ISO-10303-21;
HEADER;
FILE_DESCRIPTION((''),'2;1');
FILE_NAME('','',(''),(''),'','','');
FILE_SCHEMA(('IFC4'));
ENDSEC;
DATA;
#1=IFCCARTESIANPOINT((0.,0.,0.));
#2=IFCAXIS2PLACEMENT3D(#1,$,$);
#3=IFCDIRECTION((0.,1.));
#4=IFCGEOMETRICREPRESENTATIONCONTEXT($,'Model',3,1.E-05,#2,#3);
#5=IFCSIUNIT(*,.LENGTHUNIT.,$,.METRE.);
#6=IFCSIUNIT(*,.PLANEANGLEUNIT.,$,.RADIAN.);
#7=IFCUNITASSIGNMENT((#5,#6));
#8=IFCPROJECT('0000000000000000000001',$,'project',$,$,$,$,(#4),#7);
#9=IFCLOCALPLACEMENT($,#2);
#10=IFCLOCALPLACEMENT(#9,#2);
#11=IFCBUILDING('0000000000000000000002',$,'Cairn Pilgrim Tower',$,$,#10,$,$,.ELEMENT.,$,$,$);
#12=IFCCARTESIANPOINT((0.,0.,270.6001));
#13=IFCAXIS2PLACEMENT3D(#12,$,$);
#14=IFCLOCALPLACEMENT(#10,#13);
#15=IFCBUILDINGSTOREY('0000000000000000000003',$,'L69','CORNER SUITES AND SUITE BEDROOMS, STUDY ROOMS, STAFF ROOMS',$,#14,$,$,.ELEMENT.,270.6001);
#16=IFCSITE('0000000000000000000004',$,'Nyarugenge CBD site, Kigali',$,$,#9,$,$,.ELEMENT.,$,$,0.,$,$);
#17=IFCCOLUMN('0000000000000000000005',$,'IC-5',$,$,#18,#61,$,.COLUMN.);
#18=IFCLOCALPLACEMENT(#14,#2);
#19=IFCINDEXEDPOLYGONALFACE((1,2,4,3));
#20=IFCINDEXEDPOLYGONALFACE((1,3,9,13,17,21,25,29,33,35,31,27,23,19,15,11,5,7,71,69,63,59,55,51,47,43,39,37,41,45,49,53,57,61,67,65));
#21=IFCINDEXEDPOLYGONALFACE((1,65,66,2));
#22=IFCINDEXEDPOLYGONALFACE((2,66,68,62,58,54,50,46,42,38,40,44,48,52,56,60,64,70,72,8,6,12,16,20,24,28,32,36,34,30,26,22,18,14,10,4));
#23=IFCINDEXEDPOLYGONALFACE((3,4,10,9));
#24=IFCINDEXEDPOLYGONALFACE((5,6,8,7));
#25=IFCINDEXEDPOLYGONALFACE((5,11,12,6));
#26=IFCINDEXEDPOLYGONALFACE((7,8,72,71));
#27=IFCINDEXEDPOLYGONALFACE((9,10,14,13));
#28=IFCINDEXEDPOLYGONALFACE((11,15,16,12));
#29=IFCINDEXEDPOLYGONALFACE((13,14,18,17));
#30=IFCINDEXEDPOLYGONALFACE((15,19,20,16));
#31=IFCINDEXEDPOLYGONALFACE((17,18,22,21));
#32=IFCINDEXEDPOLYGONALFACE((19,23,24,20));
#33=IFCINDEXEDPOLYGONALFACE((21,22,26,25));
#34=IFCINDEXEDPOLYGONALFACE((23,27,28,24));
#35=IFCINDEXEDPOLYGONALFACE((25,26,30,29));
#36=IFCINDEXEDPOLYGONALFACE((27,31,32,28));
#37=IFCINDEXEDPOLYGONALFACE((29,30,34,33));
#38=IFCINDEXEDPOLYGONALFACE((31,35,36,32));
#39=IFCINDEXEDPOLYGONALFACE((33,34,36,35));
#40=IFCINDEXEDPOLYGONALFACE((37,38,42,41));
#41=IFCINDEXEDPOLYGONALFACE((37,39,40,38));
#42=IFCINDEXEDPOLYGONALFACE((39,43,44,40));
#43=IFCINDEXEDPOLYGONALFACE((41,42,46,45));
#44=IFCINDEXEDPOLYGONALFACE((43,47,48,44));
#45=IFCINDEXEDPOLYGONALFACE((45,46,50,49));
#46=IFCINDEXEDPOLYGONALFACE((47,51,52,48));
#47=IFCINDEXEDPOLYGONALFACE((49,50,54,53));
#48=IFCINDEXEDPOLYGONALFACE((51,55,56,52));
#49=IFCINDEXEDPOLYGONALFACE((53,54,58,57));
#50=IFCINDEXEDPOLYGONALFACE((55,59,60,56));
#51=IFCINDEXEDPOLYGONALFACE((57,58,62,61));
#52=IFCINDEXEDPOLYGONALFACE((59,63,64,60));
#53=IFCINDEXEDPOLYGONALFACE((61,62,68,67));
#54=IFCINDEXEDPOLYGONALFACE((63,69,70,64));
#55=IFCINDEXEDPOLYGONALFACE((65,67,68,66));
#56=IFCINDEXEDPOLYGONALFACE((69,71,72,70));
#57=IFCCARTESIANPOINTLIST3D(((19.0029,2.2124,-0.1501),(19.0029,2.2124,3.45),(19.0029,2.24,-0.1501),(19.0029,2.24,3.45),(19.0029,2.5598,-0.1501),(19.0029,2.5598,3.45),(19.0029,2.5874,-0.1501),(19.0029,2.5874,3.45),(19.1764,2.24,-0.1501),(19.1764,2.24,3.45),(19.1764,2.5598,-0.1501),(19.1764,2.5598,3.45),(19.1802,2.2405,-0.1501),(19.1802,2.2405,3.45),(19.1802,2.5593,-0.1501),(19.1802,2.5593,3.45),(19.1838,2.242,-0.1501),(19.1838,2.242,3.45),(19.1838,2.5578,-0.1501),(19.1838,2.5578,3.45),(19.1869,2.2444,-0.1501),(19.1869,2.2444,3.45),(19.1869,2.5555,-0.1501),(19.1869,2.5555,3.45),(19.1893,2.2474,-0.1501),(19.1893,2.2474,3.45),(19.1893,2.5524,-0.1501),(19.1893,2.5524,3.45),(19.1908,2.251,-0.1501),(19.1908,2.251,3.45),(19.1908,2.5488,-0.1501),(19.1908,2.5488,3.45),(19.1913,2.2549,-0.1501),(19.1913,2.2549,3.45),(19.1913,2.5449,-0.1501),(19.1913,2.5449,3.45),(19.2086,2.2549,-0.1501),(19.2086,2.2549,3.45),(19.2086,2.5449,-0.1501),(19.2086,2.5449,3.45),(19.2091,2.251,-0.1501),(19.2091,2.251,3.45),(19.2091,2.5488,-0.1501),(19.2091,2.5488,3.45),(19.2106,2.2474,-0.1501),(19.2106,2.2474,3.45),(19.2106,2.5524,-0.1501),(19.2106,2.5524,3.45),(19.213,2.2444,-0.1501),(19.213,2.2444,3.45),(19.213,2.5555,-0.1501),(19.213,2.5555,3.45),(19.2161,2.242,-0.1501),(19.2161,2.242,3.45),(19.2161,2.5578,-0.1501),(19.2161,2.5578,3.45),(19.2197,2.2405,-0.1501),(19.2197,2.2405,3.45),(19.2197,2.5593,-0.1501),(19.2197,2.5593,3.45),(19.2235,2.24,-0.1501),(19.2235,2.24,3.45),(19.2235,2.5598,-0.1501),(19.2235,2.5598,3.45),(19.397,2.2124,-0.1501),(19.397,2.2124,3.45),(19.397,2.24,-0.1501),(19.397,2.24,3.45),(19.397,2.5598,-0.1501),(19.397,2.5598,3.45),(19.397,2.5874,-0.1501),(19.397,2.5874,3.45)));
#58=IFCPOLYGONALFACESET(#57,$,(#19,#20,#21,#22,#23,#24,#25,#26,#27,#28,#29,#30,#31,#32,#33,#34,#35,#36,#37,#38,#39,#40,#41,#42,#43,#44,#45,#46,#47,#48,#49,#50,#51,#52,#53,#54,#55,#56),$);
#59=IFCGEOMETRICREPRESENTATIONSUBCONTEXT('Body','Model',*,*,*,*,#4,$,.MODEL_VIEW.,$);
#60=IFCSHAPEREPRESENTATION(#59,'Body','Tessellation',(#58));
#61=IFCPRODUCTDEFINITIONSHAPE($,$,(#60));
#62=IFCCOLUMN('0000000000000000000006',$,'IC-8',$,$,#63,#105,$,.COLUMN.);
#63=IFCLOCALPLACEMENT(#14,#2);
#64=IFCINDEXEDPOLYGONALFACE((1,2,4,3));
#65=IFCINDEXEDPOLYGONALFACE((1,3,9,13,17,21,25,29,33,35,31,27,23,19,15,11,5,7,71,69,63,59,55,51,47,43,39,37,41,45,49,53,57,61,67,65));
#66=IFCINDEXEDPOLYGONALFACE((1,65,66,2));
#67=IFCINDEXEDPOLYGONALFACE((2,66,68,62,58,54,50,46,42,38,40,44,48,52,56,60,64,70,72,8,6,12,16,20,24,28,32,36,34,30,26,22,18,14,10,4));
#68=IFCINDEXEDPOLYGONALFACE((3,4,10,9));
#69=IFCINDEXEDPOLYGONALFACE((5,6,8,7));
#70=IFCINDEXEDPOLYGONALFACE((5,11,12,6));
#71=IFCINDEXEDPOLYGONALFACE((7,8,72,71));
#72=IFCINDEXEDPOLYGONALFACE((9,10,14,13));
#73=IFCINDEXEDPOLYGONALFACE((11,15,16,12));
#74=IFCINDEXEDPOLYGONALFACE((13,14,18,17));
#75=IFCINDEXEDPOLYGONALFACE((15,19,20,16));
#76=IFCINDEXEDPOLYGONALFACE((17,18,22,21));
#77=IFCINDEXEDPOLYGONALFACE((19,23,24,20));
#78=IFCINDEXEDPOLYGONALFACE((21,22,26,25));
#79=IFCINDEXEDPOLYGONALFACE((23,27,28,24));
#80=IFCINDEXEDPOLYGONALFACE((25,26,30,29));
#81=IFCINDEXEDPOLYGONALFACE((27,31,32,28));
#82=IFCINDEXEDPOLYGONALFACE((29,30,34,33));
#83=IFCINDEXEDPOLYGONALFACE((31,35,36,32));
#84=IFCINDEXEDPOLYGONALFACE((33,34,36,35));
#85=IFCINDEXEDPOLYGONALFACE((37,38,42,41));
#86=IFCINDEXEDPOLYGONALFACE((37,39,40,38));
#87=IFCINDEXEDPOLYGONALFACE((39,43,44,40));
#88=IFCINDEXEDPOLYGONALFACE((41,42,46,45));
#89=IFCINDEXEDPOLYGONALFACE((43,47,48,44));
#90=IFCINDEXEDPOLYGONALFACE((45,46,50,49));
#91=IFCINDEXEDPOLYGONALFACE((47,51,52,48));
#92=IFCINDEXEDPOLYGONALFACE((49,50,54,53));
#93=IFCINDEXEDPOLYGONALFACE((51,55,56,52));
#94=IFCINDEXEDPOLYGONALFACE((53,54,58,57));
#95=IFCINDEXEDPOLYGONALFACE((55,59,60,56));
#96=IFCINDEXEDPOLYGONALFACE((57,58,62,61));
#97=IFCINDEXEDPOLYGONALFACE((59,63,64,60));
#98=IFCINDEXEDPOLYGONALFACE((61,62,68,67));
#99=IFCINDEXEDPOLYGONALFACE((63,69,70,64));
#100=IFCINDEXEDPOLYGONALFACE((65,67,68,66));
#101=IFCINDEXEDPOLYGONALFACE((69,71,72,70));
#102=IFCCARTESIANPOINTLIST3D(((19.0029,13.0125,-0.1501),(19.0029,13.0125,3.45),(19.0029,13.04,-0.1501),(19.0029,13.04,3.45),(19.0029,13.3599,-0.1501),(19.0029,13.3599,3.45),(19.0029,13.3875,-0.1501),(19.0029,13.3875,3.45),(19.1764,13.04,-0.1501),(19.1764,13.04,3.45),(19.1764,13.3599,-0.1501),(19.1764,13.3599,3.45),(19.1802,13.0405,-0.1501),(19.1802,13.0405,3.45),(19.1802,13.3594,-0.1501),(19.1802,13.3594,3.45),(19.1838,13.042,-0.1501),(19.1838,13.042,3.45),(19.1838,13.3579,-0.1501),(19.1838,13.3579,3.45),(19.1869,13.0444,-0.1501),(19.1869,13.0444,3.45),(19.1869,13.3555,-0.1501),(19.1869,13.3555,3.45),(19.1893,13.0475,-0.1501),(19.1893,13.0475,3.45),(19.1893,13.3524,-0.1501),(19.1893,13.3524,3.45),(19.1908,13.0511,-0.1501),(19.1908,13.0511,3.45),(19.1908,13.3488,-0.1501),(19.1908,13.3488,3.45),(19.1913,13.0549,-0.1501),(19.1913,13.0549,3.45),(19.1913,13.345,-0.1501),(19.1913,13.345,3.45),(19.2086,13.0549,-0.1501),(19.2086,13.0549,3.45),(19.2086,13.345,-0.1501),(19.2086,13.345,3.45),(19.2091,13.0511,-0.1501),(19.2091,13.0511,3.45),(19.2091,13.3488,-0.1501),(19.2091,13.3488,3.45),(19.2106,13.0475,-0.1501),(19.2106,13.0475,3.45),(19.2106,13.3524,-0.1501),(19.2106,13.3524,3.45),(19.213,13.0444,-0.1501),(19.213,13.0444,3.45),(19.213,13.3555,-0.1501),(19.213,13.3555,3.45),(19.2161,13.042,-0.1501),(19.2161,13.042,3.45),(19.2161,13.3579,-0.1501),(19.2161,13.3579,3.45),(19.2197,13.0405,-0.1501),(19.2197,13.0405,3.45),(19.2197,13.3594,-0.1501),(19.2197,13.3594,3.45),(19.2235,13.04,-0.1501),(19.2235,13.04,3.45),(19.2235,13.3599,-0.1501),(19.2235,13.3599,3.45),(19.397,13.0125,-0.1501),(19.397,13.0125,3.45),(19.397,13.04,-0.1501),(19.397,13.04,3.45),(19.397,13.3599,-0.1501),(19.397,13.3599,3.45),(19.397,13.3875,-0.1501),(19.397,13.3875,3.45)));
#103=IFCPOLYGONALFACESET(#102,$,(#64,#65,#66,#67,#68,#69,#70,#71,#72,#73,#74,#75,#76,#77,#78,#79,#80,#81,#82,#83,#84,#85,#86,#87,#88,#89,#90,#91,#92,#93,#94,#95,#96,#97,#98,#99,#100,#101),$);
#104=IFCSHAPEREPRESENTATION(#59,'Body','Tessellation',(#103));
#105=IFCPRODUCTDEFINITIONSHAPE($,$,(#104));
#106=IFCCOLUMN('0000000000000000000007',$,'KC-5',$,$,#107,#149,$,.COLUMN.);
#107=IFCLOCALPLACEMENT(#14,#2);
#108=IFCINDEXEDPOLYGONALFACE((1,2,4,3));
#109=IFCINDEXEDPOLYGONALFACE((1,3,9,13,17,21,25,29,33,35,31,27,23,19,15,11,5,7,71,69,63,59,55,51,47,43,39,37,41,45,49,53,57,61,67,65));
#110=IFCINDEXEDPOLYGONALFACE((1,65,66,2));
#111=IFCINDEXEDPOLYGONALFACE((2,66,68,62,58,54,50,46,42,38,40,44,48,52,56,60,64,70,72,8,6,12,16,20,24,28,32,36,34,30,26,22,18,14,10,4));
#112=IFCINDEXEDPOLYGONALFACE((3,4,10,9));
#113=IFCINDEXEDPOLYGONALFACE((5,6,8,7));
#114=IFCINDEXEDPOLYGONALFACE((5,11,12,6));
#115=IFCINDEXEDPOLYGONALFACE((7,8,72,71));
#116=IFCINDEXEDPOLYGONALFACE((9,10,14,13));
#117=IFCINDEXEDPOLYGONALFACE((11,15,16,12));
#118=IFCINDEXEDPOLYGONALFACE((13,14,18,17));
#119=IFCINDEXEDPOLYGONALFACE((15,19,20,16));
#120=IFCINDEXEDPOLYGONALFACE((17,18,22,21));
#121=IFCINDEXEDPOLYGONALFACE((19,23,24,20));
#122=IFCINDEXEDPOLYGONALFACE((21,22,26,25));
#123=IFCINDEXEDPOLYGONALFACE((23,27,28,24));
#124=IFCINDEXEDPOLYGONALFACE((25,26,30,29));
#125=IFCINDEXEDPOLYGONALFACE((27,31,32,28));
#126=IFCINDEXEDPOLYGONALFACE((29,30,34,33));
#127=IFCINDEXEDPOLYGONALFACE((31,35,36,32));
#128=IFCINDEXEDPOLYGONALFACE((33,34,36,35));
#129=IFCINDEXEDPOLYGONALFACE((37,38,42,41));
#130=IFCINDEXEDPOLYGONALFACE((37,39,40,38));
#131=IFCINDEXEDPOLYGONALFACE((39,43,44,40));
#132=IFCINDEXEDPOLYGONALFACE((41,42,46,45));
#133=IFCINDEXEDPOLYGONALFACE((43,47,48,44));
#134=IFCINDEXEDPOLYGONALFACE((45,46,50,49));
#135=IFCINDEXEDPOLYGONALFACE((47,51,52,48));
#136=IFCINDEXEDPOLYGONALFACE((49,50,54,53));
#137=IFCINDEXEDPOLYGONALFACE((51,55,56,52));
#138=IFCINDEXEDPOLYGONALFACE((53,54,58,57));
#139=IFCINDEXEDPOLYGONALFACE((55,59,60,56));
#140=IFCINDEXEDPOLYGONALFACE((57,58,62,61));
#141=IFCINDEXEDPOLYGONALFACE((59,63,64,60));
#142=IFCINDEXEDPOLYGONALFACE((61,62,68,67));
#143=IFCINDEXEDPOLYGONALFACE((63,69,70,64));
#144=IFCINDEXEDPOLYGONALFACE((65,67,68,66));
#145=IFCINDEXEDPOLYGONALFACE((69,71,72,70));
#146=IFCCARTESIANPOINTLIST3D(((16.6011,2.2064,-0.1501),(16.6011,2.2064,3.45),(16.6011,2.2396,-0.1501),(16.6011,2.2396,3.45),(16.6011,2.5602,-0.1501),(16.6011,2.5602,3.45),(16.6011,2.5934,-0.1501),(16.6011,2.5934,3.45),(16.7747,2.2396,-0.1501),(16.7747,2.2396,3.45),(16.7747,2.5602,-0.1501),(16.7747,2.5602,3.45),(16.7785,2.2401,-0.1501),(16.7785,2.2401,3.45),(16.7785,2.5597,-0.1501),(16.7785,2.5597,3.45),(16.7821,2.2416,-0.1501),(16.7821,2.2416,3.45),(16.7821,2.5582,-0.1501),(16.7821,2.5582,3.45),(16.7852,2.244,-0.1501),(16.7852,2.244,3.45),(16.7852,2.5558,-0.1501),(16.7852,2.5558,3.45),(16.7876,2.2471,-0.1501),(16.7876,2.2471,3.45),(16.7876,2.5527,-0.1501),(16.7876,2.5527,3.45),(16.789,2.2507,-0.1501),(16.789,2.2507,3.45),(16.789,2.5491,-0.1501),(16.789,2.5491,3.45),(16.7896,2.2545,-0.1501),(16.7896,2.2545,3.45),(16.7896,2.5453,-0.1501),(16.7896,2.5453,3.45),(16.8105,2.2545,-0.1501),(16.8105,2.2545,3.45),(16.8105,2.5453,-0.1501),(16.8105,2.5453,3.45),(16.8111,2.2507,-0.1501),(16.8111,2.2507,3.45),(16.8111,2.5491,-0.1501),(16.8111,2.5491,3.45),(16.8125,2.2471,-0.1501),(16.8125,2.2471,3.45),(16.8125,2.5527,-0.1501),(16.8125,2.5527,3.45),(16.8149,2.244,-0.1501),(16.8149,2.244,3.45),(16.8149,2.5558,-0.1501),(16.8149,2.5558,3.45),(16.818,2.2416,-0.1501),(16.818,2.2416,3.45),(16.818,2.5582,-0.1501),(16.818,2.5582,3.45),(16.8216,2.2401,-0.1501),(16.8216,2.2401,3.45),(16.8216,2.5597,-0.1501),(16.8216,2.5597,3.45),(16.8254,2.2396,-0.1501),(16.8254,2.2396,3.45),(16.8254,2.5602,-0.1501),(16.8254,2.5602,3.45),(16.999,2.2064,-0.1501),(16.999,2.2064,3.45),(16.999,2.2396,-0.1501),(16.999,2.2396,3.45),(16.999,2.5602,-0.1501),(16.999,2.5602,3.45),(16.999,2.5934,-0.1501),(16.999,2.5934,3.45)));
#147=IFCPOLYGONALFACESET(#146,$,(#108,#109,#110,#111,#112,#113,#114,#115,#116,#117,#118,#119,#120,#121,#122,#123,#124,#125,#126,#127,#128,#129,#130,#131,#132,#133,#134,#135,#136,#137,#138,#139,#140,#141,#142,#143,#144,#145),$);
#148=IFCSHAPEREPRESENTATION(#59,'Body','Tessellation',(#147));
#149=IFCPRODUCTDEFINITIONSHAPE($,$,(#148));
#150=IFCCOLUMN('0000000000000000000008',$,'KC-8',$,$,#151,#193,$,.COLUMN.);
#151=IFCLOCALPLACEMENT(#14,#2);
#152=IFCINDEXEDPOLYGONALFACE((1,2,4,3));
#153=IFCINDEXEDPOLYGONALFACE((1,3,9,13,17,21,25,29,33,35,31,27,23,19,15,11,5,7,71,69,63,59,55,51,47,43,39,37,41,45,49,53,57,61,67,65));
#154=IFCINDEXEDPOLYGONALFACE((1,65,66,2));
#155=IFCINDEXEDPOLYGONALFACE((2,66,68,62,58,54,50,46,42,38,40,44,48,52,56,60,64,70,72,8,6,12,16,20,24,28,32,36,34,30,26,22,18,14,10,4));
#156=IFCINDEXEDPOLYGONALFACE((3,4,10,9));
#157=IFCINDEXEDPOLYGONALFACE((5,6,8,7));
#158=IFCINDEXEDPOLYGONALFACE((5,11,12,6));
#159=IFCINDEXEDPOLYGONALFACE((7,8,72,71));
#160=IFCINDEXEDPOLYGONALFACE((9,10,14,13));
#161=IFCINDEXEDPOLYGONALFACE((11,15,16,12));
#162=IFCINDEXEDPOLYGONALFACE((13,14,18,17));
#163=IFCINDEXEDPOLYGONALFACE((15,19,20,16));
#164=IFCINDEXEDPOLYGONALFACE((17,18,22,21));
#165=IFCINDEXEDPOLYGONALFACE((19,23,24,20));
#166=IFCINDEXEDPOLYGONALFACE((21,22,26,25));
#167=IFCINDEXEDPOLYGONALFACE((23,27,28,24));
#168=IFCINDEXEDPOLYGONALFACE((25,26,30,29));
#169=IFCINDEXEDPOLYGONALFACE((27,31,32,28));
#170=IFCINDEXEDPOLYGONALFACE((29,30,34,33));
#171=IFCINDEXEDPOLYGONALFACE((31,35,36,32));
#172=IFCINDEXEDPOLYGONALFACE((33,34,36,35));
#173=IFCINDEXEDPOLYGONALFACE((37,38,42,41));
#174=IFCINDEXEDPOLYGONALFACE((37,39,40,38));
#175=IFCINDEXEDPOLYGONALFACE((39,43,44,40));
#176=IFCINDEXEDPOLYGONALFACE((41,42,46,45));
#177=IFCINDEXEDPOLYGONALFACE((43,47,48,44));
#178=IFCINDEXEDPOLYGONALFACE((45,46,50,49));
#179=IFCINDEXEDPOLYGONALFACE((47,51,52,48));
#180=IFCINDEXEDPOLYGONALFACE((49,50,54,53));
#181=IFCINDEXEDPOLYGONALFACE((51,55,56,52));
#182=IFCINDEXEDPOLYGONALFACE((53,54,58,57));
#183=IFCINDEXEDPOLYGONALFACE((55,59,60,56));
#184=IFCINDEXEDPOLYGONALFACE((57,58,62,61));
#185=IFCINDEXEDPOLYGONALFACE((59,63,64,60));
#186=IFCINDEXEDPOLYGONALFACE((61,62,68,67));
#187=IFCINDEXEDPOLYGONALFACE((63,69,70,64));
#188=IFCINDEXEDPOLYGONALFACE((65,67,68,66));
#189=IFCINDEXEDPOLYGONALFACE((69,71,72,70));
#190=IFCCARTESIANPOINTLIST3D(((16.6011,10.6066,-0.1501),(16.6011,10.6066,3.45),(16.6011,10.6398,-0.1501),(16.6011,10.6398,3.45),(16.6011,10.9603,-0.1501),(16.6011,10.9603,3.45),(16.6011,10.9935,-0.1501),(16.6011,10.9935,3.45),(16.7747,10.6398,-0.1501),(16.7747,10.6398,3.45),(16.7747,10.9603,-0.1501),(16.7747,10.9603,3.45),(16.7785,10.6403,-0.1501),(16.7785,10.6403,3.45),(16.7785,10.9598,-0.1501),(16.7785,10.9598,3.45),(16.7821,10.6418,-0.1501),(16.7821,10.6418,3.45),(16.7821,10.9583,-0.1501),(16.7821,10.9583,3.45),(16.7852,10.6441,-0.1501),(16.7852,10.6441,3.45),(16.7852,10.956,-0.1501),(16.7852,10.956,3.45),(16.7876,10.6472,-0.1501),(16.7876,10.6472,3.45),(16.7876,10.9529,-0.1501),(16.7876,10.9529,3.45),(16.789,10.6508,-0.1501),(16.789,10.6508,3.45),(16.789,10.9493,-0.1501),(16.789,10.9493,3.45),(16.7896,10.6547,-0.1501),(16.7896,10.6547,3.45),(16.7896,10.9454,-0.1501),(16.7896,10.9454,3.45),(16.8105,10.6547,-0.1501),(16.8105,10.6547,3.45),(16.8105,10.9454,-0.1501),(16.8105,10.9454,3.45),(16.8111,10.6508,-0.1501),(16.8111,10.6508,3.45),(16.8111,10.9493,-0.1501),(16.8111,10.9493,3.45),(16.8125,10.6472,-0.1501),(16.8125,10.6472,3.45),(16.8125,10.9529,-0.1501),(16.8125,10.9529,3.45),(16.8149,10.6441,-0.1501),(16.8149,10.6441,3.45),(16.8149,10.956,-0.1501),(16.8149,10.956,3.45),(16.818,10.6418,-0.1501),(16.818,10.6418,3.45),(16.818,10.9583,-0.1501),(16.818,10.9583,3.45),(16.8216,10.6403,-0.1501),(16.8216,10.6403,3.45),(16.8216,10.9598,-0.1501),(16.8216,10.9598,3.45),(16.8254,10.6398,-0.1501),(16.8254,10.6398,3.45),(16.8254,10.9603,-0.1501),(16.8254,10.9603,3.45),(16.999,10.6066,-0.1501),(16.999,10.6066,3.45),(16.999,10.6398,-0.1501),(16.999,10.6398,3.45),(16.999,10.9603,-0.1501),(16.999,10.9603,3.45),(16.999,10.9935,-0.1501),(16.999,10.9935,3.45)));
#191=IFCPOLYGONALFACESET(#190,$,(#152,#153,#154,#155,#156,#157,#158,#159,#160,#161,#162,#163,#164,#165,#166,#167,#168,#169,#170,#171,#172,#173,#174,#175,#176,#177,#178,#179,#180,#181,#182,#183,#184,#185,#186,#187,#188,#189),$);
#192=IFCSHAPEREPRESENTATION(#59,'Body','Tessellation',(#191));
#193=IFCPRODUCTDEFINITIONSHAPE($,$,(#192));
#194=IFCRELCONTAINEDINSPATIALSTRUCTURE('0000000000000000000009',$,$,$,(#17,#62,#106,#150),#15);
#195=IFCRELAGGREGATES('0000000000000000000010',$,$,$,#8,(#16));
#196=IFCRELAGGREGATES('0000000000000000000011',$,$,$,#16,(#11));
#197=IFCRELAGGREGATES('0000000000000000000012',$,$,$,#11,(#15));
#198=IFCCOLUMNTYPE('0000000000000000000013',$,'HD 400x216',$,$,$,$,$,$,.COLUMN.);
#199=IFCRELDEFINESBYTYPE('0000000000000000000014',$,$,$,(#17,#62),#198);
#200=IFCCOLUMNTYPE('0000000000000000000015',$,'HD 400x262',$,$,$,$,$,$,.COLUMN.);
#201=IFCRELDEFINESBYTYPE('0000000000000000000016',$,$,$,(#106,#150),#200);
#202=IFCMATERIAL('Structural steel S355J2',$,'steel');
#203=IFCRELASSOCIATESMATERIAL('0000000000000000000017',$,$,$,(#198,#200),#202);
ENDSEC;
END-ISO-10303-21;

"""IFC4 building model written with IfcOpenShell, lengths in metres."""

from ifc_helpers import new_model, si_unit, direction, frame, origin, origin_2d, place, context, subcontext, project, spatial, i_section, extrude, material, material_profile, profile_set, type_object, element, save


model = new_model("IFC4")

# Units and contexts
model_context = context("Model", 3, precision=1e-05, world=origin(), true_north=direction((0.0, 1.0)))
body_context = subcontext(model_context, "Body", "Model", "MODEL_VIEW")
ifc_project = project(units=[si_unit("LENGTHUNIT", "METRE"), si_unit("PLANEANGLEUNIT", "RADIAN")], contexts=[model_context])

# Site, building, storey
site_placement = place(None, origin())
site = spatial("IfcSite", under=ifc_project, at=site_placement, Name="Nyarugenge CBD site, Kigali", CompositionType="ELEMENT", RefElevation=0.0)
building_placement = place(site_placement, origin())
building = spatial("IfcBuilding", under=site, at=building_placement, Name="Cairn Pilgrim Tower", CompositionType="ELEMENT")
storey_placement = place(building_placement, frame((0.0, 0.0, 270.6001)))
storey = spatial("IfcBuildingStorey", under=building, at=storey_placement, Name="L69", Description="CORNER SUITES AND SUITE BEDROOMS, STUDY ROOMS, STAFF ROOMS", CompositionType="ELEMENT", Elevation=270.6001)

# Columns
ifc_material_1 = material(Name="Structural steel S355J2", Category="steel")
ifc_material_profile_1 = material_profile(ifc_material_1, i_section(OverallWidth=0.394, OverallDepth=0.375, WebThickness=0.0173, FlangeThickness=0.0276, FilletRadius=0.0149, at=origin_2d()), Name="HD 400x216")
ifc_profile_set_1 = profile_set([ifc_material_profile_1], Name="Structural steel S355J2")
column_type_1 = type_object("IfcColumnType", Name="HD 400x216", PredefinedType="COLUMN", material=ifc_profile_set_1)
for number, where, z_axis, x_axis, name in (
    (1, (19.2, 2.3999, -0.1501), (0.0, 0.0, 1.0), (1.0, 0.0, 0.0), "IC-5"),
    (2, (19.2, 13.2, -0.1501), (0.0, 0.0, 1.0), (1.0, 0.0, 0.0), "IC-8"),
):
    element("IfcColumn", number, at=place(storey_placement, frame(where, z_axis=z_axis, x_axis=x_axis)), inside=storey, type_object=column_type_1, Name=name, PredefinedType="COLUMN", context=body_context, shape_type="SweptSolid", body=[
        extrude(i_section(OverallWidth=0.394, OverallDepth=0.375, WebThickness=0.0173, FlangeThickness=0.0276, FilletRadius=0.0149, at=origin_2d()), origin(), (0.0, 0.0, 1.0), 3.6001),
    ])
ifc_material_profile_2 = material_profile(ifc_material_1, i_section(OverallWidth=0.3979, OverallDepth=0.387, WebThickness=0.021, FlangeThickness=0.0332, FilletRadius=0.0149, at=origin_2d()), Name="HD 400x262")
ifc_profile_set_2 = profile_set([ifc_material_profile_2], Name="Structural steel S355J2")
column_type_2 = type_object("IfcColumnType", Name="HD 400x262", PredefinedType="COLUMN", material=ifc_profile_set_2)
for number, where, z_axis, x_axis, name in (
    (3, (16.8, 2.3999, -0.1501), (0.0, 0.0, 1.0), (1.0, 0.0, 0.0), "KC-5"),
    (4, (16.8, 10.8, -0.1501), (0.0, 0.0, 1.0), (1.0, 0.0, 0.0), "KC-8"),
):
    element("IfcColumn", number, at=place(storey_placement, frame(where, z_axis=z_axis, x_axis=x_axis)), inside=storey, type_object=column_type_2, Name=name, PredefinedType="COLUMN", context=body_context, shape_type="SweptSolid", body=[
        extrude(i_section(OverallWidth=0.3979, OverallDepth=0.387, WebThickness=0.021, FlangeThickness=0.0332, FilletRadius=0.0149, at=origin_2d()), origin(), (0.0, 0.0, 1.0), 3.6001),
    ])

save(model, "model.ifc")
